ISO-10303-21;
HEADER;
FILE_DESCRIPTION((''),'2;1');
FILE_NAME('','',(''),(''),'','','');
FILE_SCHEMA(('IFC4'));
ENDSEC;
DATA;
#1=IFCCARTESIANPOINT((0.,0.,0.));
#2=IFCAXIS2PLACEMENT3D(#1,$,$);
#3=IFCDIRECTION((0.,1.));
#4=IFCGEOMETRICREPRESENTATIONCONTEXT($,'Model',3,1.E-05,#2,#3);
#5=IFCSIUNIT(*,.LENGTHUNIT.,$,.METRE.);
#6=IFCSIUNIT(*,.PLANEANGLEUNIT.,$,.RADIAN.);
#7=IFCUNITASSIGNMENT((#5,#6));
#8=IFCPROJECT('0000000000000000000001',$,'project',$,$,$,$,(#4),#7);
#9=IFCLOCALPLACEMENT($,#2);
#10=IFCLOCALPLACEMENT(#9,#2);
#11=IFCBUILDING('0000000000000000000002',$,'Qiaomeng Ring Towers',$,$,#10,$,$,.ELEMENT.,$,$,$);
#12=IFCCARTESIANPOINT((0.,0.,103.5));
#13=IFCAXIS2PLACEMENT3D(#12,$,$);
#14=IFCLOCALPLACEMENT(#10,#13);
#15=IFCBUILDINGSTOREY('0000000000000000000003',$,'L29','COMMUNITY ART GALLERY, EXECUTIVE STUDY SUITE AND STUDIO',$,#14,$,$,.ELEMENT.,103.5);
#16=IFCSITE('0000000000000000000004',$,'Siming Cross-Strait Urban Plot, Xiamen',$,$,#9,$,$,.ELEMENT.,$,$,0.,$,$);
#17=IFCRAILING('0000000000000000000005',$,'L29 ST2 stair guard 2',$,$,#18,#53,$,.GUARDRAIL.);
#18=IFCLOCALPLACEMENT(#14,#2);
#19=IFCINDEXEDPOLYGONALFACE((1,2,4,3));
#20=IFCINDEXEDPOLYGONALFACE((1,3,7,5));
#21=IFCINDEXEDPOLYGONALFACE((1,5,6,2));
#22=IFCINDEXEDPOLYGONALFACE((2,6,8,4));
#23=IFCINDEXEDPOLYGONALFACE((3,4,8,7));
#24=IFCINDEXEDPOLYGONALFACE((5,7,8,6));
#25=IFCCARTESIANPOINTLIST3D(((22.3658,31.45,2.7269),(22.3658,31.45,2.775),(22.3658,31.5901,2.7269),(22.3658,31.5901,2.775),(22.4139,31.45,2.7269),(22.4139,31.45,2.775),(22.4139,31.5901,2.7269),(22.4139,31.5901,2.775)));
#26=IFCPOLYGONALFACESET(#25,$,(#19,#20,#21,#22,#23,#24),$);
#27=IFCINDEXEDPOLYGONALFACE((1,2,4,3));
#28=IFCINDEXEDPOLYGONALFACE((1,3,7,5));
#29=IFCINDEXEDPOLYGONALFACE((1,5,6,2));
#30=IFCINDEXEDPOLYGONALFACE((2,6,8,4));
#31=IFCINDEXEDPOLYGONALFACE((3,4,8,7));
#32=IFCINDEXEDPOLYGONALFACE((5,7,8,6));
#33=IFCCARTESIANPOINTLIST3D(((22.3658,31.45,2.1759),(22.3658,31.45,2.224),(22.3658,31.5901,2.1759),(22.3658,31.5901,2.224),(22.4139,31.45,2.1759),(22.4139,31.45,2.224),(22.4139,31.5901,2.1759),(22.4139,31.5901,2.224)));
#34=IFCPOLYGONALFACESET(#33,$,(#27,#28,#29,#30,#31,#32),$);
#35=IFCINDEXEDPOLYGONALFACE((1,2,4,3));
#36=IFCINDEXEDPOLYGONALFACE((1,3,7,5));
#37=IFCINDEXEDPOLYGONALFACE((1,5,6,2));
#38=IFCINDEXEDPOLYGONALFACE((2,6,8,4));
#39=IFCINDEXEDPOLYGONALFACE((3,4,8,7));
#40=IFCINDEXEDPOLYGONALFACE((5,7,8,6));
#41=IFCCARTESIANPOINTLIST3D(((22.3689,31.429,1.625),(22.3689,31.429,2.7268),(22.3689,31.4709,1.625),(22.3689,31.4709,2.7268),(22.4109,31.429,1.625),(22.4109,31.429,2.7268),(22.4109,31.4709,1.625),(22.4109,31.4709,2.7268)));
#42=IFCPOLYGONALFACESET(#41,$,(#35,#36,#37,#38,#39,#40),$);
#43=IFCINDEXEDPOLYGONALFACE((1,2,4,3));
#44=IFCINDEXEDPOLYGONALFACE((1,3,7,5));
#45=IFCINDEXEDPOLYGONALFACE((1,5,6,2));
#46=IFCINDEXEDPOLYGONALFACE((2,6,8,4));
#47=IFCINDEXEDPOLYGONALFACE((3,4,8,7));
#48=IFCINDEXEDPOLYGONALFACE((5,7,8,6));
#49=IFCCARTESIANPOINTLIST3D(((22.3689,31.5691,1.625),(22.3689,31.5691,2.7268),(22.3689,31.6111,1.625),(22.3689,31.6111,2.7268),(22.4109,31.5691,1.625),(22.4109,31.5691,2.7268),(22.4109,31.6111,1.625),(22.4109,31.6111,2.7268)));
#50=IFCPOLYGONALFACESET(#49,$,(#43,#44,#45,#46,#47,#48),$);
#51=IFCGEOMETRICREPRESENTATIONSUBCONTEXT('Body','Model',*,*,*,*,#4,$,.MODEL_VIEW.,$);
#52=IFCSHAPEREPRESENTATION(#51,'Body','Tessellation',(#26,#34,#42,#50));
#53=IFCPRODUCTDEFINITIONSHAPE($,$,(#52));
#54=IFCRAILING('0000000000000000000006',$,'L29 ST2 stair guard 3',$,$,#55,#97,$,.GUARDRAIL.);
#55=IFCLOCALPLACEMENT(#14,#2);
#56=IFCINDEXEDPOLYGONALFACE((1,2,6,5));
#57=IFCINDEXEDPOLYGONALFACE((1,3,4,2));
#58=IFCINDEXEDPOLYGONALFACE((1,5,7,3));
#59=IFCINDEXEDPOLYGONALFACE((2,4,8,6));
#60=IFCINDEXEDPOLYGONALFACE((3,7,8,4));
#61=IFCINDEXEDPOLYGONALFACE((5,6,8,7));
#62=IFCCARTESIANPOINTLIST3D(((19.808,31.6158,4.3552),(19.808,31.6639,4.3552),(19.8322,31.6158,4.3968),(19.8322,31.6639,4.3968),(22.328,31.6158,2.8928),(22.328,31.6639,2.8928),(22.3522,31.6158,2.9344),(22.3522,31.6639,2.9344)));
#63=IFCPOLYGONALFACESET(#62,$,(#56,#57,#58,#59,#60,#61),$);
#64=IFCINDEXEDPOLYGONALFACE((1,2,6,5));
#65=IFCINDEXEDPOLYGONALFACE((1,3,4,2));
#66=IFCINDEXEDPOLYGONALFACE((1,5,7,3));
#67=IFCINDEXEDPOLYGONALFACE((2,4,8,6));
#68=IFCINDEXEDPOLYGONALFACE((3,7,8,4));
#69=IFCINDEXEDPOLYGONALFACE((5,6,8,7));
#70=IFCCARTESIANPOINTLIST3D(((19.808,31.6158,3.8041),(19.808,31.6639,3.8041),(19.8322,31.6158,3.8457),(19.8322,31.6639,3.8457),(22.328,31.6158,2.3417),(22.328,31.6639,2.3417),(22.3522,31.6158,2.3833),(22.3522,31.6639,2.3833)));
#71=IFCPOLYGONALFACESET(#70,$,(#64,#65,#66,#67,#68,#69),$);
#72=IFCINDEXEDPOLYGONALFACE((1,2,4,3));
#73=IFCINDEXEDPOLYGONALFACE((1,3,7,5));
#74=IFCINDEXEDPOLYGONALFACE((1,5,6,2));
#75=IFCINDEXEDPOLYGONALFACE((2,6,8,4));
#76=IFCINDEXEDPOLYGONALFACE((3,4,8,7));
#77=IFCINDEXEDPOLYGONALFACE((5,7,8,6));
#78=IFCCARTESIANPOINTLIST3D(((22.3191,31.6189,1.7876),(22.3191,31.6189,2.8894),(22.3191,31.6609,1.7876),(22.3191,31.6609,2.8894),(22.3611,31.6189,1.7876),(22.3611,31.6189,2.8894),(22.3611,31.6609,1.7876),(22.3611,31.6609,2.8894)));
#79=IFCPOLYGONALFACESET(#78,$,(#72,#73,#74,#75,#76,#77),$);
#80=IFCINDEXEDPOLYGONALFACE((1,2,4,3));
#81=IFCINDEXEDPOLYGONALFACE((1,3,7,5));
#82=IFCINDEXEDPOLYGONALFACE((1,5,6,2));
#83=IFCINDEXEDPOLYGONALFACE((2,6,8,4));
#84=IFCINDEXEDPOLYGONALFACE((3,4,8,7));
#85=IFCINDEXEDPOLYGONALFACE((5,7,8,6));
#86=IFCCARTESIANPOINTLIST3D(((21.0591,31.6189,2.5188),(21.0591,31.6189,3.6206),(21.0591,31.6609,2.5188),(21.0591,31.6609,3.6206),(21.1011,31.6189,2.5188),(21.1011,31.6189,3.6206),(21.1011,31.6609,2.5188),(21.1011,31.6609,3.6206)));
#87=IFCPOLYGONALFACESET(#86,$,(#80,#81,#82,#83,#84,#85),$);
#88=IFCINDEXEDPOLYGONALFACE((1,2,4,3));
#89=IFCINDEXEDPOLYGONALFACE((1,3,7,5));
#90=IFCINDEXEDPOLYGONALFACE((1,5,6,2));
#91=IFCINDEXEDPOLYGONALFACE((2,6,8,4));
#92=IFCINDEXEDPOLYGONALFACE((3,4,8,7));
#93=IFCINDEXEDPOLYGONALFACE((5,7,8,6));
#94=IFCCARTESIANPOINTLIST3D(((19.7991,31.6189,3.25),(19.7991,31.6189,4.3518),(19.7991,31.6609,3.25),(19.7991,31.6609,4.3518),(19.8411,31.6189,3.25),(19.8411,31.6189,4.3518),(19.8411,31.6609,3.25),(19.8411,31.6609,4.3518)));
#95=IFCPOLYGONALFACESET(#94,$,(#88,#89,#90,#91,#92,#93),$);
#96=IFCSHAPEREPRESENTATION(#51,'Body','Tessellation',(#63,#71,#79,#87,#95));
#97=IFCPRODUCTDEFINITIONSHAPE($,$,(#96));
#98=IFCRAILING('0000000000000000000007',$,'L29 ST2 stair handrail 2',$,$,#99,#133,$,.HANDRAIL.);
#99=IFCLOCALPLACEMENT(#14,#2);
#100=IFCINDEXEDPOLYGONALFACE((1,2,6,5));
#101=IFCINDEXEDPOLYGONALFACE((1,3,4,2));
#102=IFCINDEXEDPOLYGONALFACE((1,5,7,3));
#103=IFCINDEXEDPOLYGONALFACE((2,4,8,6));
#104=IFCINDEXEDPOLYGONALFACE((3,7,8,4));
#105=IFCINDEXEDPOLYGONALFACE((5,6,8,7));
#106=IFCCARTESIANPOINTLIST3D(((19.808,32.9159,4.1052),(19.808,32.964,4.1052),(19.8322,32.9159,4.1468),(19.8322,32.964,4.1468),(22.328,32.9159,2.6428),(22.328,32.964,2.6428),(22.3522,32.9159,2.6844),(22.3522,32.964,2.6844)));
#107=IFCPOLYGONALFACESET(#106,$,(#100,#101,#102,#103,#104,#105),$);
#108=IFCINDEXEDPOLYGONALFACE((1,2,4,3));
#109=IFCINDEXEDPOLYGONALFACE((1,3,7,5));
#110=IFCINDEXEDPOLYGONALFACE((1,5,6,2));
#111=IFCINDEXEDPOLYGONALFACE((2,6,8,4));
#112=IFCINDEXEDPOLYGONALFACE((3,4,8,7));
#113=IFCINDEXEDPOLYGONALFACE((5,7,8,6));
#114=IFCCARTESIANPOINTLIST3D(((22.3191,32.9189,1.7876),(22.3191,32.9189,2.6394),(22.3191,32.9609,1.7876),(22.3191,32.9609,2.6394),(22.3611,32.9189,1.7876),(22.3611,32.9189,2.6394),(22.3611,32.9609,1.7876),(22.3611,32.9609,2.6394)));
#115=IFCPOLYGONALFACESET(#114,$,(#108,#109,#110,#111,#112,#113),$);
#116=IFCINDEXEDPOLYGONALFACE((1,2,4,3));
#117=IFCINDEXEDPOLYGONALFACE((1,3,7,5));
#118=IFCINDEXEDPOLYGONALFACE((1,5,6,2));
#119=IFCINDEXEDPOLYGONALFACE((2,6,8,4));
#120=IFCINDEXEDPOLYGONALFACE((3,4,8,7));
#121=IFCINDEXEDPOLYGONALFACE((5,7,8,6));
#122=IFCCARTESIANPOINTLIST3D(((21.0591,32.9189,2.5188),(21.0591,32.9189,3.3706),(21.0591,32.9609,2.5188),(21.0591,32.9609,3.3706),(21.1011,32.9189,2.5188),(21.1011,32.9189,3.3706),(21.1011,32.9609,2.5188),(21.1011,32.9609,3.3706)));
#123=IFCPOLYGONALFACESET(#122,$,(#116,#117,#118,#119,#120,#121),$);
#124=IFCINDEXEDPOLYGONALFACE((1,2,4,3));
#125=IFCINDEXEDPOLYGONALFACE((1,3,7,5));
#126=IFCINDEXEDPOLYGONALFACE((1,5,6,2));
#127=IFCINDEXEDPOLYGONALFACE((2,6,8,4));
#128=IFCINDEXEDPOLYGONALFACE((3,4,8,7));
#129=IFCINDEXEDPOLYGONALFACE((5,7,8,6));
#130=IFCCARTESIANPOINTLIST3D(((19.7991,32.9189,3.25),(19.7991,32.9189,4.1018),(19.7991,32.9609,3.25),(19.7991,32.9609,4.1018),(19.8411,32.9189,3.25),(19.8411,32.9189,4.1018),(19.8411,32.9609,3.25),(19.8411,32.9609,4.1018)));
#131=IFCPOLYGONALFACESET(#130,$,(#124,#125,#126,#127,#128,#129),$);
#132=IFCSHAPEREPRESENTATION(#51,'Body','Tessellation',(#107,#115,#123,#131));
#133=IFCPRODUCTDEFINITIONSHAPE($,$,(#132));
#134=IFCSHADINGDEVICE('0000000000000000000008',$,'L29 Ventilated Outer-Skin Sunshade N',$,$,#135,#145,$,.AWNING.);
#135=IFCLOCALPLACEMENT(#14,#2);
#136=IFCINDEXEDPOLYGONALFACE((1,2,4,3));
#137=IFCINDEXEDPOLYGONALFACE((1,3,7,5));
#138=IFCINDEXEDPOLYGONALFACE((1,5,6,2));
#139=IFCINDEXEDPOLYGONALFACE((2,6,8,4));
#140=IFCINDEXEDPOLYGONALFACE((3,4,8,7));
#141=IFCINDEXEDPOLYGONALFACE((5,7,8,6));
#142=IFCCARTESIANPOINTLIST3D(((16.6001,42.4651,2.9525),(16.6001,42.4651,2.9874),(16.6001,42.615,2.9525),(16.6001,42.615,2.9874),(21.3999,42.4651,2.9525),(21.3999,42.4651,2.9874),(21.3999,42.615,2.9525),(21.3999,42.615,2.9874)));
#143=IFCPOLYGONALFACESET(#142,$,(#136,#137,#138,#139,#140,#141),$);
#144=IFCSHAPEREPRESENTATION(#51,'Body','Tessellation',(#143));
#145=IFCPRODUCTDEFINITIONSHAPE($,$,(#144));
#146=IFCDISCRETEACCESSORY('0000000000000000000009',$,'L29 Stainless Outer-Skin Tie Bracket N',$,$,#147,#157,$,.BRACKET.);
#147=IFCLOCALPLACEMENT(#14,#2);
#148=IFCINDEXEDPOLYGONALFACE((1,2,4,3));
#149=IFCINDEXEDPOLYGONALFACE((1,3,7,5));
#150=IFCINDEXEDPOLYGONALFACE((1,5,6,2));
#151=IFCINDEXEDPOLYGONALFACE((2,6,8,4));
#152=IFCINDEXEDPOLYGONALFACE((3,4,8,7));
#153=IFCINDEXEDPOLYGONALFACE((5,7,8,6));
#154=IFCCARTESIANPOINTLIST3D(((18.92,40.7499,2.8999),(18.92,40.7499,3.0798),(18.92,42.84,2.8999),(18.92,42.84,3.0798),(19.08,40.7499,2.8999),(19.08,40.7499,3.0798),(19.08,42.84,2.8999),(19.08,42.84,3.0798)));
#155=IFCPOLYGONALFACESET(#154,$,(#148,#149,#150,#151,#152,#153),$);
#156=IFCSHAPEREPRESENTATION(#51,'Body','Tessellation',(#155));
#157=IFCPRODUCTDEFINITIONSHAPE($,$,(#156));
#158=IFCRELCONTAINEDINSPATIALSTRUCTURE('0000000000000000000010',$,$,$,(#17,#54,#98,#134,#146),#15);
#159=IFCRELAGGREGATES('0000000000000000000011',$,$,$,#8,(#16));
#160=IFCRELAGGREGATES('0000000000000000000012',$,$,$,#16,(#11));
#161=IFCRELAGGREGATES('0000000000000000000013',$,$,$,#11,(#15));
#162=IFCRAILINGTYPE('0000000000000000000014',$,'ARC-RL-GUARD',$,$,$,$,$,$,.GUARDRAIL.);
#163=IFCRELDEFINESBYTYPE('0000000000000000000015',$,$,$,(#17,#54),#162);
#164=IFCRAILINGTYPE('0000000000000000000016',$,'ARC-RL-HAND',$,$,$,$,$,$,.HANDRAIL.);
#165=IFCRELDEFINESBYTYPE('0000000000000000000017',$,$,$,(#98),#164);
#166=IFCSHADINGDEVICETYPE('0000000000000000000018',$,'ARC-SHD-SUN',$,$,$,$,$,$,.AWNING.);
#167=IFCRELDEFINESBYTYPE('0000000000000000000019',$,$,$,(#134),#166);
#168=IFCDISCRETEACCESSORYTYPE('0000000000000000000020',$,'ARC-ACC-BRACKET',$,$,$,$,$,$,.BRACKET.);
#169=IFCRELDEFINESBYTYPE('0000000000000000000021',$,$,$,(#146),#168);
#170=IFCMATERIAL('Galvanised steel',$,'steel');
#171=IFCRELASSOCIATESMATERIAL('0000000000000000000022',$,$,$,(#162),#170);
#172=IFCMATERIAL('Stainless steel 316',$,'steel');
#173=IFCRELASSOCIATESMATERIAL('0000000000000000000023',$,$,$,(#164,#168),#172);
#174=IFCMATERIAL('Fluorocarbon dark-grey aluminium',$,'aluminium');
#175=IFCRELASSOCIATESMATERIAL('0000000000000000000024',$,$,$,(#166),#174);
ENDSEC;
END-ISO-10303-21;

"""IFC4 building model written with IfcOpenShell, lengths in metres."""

from ifc_helpers import new_model, si_unit, direction, frame, origin, origin_2d, place, context, subcontext, project, spatial, rectangle, extrude, source, transform, mapped, material, material_profile, profile_set, type_object, element, save


model = new_model("IFC4")

# Units and contexts
model_context = context("Model", 3, precision=1e-05, world=origin(), true_north=direction((0.0, 1.0)))
body_context = subcontext(model_context, "Body", "Model", "MODEL_VIEW")
ifc_project = project(units=[si_unit("LENGTHUNIT", "METRE"), si_unit("PLANEANGLEUNIT", "RADIAN")], contexts=[model_context])

# Site, building, storey
site_placement = place(None, origin())
site = spatial("IfcSite", under=ifc_project, at=site_placement, Name="Siming Cross-Strait Urban Plot, Xiamen", CompositionType="ELEMENT", RefElevation=0.0)
building_placement = place(site_placement, origin())
building = spatial("IfcBuilding", under=site, at=building_placement, Name="Qiaomeng Ring Towers", CompositionType="ELEMENT")
storey_placement = place(building_placement, frame((0.0, 0.0, 103.5)))
storey = spatial("IfcBuildingStorey", under=building, at=storey_placement, Name="L29", Description="COMMUNITY ART GALLERY, EXECUTIVE STUDY SUITE AND STUDIO", CompositionType="ELEMENT", Elevation=103.5)

# Shared definitions
ifc_material_1 = material(Name="Galvanised steel", Category="steel")

# Railings
railing_type_1 = type_object("IfcRailingType", Name="ARC-RL-GUARD", PredefinedType="GUARDRAIL", material=ifc_material_1)
railing_1_placement = place(storey_placement, frame((22.3899, 31.45, 1.625)))
element("IfcRailing", 1, at=railing_1_placement, inside=storey, type_object=railing_type_1, Name="L29 ST2 stair guard 2", PredefinedType="GUARDRAIL", context=body_context, shape_type="SweptSolid", body=[
    extrude(rectangle(XDim=0.0481, YDim=0.0481, at=origin_2d()), frame((0.0, 0.0, 1.126), z_axis=(0.0, 1.0, 0.0), x_axis=(-1.0, 0.0, 0.0)), (0.0, 0.0, 1.0), 0.1401),
    extrude(rectangle(XDim=0.0481, YDim=0.0481, at=origin_2d()), frame((0.0, 0.0, 0.575), z_axis=(0.0, 1.0, 0.0), x_axis=(-1.0, 0.0, 0.0)), (0.0, 0.0, 1.0), 0.1401),
    extrude(rectangle(XDim=0.042, YDim=0.042, at=origin_2d()), origin(), (0.0, 0.0, 1.0), 1.1018),
    extrude(rectangle(XDim=0.042, YDim=0.042, at=origin_2d()), frame((0.0, 0.1401, 0.0)), (0.0, 0.0, 1.0), 1.1018),
])
railing_2_placement = place(storey_placement, frame((22.3401, 31.6399, 1.7876)))
element("IfcRailing", 2, at=railing_2_placement, inside=storey, type_object=railing_type_1, Name="L29 ST2 stair guard 3", PredefinedType="GUARDRAIL", context=body_context, shape_type="SweptSolid", body=[
    extrude(rectangle(XDim=0.0481, YDim=0.0481, at=origin_2d()), frame((0.0, 0.0, 1.126), z_axis=(-0.864913, 0.0, 0.501921), x_axis=(0.0, -1.0, 0.0)), (0.0, 0.0, 1.0), 2.9136),
    extrude(rectangle(XDim=0.0481, YDim=0.0481, at=origin_2d()), frame((0.0, 0.0, 0.575), z_axis=(-0.864913, 0.0, 0.501921), x_axis=(0.0, -1.0, 0.0)), (0.0, 0.0, 1.0), 2.9136),
    extrude(rectangle(XDim=0.042, YDim=0.042, at=origin_2d()), origin(), (0.0, 0.0, 1.0), 1.1018),
    extrude(rectangle(XDim=0.042, YDim=0.042, at=origin_2d()), frame((-1.26, 0.0, 0.7312)), (0.0, 0.0, 1.0), 1.1018),
    extrude(rectangle(XDim=0.042, YDim=0.042, at=origin_2d()), frame((-2.52, 0.0, 1.4624)), (0.0, 0.0, 1.0), 1.1018),
])
ifc_material_2 = material(Name="Stainless steel 316", Category="steel")
railing_type_2 = type_object("IfcRailingType", Name="ARC-RL-HAND", PredefinedType="HANDRAIL", material=ifc_material_2)
railing_3_placement = place(storey_placement, frame((22.3401, 32.9399, 1.7876)))
element("IfcRailing", 3, at=railing_3_placement, inside=storey, type_object=railing_type_2, Name="L29 ST2 stair handrail 2", PredefinedType="HANDRAIL", context=body_context, shape_type="SweptSolid", body=[
    extrude(rectangle(XDim=0.0481, YDim=0.0481, at=origin_2d()), frame((0.0, 0.0, 0.876), z_axis=(-0.864913, 0.0, 0.501921), x_axis=(0.0, -1.0, 0.0)), (0.0, 0.0, 1.0), 2.9136),
    extrude(rectangle(XDim=0.042, YDim=0.042, at=origin_2d()), origin(), (0.0, 0.0, 1.0), 0.8518),
    extrude(rectangle(XDim=0.042, YDim=0.042, at=origin_2d()), frame((-1.26, 0.0, 0.7312)), (0.0, 0.0, 1.0), 0.8518),
    extrude(rectangle(XDim=0.042, YDim=0.042, at=origin_2d()), frame((-2.52, 0.0, 1.4624)), (0.0, 0.0, 1.0), 0.8518),
])

# Shading device
ifc_material_3 = material(Name="Fluorocarbon dark-grey aluminium", Category="aluminium")
ifc_material_profile_1 = material_profile(ifc_material_3, rectangle(XDim=0.1499, YDim=0.0349, at=origin_2d()), Name="LV BLADE 150x35")
ifc_profile_set_1 = profile_set([ifc_material_profile_1], Name="Fluorocarbon dark-grey aluminium")
shading_device_type = type_object("IfcShadingDeviceType", Name="ARC-SHD-SUN", PredefinedType="AWNING", material=ifc_profile_set_1)
shared_shape_1 = source(origin(), body_context, "Body", "SweptSolid", [
    extrude(rectangle(XDim=0.1499, YDim=0.0349, at=origin_2d()), origin(), (0.0, 0.0, 1.0), 4.7998),
])
shading_device_placement = place(storey_placement, frame((16.6001, 42.54, 2.97), z_axis=(1.0, 0.0, 0.0), x_axis=(0.0, 1.0, 0.0)))
element("IfcShadingDevice", 4, at=shading_device_placement, inside=storey, type_object=shading_device_type, Name="L29 Ventilated Outer-Skin Sunshade N", PredefinedType="AWNING", context=body_context, shape_type="MappedRepresentation", body=[
    mapped(shared_shape_1, transform((0.0, 0.0, 0.0), x_axis=(1.0, 0.0, 0.0), y_axis=(0.0, 1.0, 0.0), z_axis=(0.0, 0.0, 1.0), scale=1.0)),
])

# Discrete accessory
discrete_accessory_type = type_object("IfcDiscreteAccessoryType", Name="ARC-ACC-BRACKET", PredefinedType="BRACKET", material=ifc_material_2)
shared_shape_2 = source(origin(), body_context, "Body", "SweptSolid", [
    extrude(rectangle(XDim=0.1599, YDim=2.0901, at=origin_2d()), origin(), (0.0, 0.0, 1.0), 0.1799),
])
discrete_accessory_placement = place(storey_placement, frame((19.0, 41.7949, 2.8999), z_axis=(0.0, 0.0, 1.0), x_axis=(1.0, 0.0, 0.0)))
element("IfcDiscreteAccessory", 5, at=discrete_accessory_placement, inside=storey, type_object=discrete_accessory_type, Name="L29 Stainless Outer-Skin Tie Bracket N", PredefinedType="BRACKET", context=body_context, shape_type="MappedRepresentation", body=[
    mapped(shared_shape_2, transform((0.0, 0.0, 0.0), x_axis=(1.0, 0.0, 0.0), y_axis=(0.0, 1.0, 0.0), z_axis=(0.0, 0.0, 1.0), scale=1.0)),
])

save(model, "model.ifc")
